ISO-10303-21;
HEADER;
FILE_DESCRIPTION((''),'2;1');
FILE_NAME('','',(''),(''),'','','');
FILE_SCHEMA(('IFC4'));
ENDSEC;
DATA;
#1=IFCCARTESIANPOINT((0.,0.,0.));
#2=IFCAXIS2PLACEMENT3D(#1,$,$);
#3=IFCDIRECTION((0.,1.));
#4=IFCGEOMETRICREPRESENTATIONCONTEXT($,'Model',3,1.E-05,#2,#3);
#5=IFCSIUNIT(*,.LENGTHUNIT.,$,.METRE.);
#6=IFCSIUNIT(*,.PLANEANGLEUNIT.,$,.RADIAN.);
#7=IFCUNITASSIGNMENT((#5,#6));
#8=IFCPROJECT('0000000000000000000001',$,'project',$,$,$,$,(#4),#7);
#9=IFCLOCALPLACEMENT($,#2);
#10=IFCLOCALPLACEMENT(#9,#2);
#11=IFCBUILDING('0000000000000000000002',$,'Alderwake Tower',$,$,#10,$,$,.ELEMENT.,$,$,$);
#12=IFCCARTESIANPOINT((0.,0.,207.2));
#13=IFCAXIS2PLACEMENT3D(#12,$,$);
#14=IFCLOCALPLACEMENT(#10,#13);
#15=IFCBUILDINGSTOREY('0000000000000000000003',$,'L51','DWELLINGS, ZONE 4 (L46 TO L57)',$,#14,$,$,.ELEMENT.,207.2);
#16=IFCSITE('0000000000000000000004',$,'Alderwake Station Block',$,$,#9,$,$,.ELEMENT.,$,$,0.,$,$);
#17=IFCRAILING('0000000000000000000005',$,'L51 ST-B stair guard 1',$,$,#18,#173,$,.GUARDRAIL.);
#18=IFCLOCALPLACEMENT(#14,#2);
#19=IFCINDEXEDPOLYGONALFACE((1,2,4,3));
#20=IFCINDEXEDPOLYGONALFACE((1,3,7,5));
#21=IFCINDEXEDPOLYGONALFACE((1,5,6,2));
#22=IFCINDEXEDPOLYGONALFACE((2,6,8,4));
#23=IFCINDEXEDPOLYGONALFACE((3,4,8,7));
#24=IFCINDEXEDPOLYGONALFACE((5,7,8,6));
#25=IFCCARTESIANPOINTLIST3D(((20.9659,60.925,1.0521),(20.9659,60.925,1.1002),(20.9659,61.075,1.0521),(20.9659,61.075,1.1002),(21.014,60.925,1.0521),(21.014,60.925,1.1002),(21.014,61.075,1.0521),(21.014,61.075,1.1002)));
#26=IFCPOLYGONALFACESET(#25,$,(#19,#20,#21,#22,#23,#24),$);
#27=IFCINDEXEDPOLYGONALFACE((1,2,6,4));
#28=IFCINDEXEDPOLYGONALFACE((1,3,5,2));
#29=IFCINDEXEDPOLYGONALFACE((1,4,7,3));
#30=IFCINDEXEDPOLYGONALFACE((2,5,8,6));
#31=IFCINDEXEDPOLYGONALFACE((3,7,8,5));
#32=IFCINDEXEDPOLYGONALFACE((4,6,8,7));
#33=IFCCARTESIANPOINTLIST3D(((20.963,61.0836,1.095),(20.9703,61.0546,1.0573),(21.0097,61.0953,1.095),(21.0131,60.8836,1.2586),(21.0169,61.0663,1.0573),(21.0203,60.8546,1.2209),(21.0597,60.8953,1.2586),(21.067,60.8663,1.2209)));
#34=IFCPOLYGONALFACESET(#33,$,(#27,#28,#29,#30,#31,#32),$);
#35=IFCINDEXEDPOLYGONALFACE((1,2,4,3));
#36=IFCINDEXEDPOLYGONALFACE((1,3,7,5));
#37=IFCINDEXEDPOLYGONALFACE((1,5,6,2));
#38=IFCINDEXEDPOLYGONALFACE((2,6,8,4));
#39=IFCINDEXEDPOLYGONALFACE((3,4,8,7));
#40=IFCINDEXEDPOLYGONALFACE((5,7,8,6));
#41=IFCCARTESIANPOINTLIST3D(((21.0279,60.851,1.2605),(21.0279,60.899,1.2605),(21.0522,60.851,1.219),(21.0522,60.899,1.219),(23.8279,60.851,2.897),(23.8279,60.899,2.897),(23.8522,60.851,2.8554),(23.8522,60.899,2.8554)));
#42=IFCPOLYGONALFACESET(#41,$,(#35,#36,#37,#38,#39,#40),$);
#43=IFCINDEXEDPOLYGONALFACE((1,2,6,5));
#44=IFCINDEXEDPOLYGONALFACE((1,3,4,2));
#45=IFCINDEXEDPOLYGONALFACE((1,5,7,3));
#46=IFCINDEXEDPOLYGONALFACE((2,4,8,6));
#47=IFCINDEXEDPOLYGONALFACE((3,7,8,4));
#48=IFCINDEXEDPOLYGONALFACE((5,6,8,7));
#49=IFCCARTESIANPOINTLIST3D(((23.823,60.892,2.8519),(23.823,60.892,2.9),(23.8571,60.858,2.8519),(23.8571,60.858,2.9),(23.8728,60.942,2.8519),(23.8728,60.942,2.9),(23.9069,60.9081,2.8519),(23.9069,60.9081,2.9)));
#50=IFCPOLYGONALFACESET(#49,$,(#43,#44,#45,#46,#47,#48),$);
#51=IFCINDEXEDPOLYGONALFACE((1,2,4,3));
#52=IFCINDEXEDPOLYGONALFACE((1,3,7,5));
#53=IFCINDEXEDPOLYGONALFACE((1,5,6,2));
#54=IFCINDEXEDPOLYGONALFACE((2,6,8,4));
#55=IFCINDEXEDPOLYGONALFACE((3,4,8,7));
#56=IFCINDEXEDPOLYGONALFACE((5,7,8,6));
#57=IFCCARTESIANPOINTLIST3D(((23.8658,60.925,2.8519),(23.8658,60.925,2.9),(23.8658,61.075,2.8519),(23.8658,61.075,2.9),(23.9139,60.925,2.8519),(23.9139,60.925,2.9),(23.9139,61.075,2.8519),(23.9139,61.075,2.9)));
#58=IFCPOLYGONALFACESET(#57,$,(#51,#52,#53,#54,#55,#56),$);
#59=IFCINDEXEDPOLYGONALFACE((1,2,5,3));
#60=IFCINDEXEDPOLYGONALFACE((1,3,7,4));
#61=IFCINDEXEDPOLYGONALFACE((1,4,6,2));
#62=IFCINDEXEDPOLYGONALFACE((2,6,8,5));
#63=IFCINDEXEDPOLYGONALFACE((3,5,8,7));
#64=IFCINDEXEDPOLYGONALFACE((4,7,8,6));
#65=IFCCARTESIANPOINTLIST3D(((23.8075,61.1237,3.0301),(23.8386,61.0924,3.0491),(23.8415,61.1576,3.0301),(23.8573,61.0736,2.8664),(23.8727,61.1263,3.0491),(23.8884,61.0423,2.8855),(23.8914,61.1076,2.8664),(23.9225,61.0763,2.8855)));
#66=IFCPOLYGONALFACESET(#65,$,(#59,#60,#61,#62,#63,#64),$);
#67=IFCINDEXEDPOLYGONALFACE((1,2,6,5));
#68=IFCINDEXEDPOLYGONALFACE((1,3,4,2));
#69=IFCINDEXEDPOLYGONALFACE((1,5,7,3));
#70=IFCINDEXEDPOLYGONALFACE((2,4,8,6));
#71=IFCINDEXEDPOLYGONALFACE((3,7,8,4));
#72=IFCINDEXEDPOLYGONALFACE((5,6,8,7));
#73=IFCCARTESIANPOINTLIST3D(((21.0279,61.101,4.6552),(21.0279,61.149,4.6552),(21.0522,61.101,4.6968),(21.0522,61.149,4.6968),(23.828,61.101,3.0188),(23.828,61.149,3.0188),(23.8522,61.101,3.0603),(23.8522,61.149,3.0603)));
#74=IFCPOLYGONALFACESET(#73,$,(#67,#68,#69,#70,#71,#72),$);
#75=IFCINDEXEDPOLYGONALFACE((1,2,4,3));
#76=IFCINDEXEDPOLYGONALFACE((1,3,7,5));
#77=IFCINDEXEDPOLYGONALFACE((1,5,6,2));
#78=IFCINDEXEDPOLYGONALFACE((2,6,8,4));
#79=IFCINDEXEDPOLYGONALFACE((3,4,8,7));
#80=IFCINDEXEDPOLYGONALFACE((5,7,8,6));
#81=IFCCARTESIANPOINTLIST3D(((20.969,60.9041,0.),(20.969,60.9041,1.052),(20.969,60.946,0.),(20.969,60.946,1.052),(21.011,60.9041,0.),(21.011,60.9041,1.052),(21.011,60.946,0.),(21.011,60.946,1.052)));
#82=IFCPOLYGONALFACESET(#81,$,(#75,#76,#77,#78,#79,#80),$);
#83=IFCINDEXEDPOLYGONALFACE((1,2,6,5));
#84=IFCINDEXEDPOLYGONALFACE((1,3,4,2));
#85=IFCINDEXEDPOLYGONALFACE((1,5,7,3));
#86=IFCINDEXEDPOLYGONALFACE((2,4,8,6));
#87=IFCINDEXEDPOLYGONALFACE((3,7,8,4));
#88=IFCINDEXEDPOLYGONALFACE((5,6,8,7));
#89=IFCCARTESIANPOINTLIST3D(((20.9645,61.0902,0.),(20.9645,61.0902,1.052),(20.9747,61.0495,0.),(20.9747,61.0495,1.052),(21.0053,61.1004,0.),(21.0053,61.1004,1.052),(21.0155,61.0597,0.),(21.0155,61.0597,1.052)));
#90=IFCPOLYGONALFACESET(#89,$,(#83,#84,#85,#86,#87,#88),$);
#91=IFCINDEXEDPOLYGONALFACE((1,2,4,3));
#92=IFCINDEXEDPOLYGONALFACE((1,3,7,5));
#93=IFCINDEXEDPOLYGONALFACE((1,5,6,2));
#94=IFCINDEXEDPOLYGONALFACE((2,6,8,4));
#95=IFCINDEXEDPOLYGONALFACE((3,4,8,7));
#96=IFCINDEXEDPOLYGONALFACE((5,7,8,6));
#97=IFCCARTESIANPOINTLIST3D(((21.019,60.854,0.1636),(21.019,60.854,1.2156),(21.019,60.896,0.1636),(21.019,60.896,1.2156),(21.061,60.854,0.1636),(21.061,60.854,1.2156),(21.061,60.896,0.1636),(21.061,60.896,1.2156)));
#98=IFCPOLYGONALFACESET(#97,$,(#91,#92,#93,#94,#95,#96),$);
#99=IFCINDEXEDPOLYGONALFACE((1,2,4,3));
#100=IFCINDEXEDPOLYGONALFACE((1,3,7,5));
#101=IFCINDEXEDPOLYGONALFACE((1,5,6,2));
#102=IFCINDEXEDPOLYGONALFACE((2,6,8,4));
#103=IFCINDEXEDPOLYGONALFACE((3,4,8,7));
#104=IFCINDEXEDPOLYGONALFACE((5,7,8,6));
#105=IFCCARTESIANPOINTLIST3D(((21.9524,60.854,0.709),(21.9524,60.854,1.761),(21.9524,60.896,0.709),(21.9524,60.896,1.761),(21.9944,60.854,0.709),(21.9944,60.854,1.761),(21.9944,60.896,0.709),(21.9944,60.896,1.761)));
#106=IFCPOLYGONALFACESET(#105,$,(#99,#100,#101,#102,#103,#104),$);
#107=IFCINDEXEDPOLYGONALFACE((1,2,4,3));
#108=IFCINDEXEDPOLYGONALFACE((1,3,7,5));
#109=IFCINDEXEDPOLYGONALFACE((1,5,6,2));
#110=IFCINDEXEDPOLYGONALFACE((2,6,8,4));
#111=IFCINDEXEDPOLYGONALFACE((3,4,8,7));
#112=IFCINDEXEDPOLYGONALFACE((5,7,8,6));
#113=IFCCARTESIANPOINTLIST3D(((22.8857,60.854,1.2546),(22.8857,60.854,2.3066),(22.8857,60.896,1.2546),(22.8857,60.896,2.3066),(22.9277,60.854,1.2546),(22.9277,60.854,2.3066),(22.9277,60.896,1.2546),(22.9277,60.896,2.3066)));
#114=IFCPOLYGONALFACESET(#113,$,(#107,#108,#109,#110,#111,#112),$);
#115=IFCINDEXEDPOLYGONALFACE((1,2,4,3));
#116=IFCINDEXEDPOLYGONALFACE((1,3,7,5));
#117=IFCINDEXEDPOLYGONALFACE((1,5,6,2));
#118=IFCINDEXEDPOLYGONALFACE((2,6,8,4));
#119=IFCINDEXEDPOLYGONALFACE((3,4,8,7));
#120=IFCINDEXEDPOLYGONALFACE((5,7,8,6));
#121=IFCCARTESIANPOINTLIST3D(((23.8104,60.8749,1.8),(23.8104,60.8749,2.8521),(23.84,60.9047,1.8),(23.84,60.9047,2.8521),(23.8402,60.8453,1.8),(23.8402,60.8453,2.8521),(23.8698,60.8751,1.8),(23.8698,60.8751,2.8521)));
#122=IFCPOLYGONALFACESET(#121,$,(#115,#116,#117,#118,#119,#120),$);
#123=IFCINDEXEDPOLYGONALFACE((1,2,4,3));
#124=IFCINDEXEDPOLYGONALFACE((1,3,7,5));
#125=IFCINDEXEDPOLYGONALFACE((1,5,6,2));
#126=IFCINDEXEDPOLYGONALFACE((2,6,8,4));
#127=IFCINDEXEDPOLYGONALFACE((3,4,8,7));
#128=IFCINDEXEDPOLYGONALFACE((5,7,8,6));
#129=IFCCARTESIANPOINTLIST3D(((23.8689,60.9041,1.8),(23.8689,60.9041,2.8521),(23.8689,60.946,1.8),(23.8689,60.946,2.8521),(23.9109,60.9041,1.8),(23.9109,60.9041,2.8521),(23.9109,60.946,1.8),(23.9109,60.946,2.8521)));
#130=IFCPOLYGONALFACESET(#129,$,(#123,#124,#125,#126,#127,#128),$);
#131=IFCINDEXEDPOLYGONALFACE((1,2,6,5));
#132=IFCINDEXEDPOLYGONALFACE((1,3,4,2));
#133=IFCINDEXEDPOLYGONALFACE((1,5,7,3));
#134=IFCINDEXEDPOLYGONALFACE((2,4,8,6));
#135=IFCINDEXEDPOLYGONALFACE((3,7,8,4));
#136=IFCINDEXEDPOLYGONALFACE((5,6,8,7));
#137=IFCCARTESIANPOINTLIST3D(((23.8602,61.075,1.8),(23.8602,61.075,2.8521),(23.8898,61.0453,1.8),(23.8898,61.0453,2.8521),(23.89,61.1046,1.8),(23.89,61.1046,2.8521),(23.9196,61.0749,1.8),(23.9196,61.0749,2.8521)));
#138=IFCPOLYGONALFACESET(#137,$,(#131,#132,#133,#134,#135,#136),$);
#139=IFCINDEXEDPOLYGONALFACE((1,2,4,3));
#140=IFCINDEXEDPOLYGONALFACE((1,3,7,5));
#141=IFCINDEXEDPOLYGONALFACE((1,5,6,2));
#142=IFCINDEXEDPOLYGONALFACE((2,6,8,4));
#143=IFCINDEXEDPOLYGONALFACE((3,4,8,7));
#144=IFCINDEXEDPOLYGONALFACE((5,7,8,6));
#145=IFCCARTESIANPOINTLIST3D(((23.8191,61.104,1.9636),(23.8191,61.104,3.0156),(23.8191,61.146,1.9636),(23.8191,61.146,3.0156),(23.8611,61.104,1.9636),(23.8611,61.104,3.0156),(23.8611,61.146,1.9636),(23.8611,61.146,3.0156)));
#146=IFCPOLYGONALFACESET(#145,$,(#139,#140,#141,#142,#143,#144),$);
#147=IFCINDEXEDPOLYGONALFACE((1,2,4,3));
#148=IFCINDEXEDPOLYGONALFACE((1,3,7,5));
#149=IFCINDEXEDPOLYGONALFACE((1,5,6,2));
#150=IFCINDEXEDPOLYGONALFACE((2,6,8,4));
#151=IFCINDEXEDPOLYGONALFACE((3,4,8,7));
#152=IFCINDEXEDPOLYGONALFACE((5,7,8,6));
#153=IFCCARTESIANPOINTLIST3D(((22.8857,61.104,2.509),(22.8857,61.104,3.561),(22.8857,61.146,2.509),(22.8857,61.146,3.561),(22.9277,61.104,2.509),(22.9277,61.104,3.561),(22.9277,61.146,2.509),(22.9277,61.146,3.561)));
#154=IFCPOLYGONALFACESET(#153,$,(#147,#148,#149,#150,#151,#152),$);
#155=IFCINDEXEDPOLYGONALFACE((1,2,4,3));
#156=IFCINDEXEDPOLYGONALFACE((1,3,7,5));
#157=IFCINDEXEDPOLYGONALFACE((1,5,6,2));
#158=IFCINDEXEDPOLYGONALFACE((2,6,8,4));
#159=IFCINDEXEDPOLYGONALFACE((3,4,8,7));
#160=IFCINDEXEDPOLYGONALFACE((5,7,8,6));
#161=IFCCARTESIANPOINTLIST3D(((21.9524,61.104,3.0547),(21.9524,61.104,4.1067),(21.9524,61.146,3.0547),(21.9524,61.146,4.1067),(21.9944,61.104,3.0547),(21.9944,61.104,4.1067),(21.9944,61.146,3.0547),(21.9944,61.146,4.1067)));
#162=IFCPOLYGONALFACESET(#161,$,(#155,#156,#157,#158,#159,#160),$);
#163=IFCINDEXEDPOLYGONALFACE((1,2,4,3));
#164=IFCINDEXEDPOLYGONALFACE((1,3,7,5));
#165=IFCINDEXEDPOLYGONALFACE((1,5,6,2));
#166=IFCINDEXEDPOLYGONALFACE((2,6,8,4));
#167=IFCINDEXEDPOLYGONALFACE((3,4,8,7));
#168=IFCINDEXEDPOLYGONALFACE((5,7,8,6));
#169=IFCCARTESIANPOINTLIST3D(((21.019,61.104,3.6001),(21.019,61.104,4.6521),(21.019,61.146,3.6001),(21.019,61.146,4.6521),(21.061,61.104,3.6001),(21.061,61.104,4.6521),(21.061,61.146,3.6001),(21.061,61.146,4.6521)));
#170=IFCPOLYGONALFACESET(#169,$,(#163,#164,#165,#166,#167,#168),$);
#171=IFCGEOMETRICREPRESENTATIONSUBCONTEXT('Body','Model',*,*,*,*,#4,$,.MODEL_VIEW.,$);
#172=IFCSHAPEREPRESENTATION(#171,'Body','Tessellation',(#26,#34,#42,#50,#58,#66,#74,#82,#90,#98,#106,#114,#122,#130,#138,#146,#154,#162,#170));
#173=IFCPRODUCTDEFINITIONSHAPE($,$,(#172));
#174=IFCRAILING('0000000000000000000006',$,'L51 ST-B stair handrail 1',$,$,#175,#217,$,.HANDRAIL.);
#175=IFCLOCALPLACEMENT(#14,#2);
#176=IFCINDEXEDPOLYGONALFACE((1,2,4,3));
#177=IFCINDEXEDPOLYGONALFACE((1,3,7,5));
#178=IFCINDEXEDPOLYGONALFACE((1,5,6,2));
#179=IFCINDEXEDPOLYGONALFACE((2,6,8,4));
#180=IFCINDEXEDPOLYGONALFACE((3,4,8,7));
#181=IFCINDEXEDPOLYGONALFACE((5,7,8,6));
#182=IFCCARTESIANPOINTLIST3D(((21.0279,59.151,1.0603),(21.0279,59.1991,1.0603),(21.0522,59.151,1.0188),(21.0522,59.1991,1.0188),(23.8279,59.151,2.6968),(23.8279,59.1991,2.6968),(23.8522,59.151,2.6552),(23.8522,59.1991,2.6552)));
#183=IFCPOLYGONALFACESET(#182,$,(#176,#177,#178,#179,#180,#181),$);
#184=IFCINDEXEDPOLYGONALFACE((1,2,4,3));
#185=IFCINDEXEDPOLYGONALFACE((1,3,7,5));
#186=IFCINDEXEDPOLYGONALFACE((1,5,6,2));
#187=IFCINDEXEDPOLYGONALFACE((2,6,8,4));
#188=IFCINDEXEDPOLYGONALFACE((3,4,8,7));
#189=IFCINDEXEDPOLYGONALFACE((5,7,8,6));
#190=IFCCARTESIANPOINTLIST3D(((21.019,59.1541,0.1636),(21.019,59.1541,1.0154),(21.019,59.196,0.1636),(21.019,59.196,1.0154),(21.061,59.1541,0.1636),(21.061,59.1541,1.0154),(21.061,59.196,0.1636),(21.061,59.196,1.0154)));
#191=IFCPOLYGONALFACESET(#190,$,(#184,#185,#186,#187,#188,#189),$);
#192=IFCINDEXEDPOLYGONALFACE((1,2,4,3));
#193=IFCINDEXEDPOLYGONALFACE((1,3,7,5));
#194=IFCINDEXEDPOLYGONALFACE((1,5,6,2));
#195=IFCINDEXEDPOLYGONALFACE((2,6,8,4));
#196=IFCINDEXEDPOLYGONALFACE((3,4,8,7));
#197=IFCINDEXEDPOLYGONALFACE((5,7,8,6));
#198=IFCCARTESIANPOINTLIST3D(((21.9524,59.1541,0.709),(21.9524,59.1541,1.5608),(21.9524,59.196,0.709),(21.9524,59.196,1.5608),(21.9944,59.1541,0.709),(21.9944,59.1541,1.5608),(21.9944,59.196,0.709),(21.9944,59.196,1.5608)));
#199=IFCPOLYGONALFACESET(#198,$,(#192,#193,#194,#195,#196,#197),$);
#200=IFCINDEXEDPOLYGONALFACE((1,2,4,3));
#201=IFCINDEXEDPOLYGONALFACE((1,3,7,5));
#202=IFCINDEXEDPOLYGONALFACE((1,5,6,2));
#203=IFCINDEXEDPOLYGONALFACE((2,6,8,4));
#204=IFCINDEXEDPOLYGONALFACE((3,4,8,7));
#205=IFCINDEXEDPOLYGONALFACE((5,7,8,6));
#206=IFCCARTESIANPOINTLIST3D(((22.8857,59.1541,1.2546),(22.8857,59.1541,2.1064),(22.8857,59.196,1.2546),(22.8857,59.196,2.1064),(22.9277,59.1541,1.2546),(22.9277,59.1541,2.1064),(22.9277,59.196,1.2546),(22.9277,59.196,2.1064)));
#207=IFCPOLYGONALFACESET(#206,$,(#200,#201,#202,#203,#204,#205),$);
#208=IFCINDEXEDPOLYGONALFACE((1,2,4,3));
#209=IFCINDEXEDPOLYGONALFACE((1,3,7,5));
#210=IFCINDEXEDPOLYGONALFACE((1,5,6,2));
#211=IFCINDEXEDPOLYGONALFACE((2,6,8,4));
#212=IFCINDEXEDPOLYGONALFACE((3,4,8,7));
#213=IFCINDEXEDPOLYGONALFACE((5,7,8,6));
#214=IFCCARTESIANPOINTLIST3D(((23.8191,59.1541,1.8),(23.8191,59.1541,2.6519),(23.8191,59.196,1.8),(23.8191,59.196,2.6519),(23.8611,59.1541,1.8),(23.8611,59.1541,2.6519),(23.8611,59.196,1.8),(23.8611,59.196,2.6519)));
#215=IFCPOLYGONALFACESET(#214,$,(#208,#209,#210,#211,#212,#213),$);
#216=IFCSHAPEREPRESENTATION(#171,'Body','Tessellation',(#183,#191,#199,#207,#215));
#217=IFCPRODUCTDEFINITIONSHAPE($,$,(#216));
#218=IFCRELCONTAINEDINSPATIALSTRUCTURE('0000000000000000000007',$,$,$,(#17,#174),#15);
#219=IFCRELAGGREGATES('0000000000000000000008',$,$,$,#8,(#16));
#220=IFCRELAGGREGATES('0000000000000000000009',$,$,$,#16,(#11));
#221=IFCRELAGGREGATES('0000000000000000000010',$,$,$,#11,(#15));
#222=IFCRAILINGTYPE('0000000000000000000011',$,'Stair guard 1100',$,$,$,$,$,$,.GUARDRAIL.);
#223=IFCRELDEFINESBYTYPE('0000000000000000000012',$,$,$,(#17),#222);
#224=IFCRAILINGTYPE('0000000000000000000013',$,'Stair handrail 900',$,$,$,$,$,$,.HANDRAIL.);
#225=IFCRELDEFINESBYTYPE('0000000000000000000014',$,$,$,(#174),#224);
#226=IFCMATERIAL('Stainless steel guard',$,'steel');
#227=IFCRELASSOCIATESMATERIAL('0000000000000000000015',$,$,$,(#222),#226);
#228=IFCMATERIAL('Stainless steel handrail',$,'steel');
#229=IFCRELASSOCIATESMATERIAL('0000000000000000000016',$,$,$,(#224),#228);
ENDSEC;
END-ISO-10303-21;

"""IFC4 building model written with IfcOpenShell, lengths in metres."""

from ifc_helpers import new_model, si_unit, direction, frame, origin, origin_with_axes, origin_2d, place, context, subcontext, project, spatial, rectangle, extrude, material, type_object, element, save


model = new_model("IFC4")

# Units and contexts
model_context = context("Model", 3, precision=1e-05, world=origin(), true_north=direction((0.0, 1.0)))
body_context = subcontext(model_context, "Body", "Model", "MODEL_VIEW")
ifc_project = project(units=[si_unit("LENGTHUNIT", "METRE"), si_unit("PLANEANGLEUNIT", "RADIAN")], contexts=[model_context])

# Site, building, storey
site_placement = place(None, origin())
site = spatial("IfcSite", under=ifc_project, at=site_placement, Name="Alderwake Station Block", CompositionType="ELEMENT", RefElevation=0.0)
building_placement = place(site_placement, origin())
building = spatial("IfcBuilding", under=site, at=building_placement, Name="Alderwake Tower", CompositionType="ELEMENT")
storey_placement = place(building_placement, frame((0.0, 0.0, 207.2)))
storey = spatial("IfcBuildingStorey", under=building, at=storey_placement, Name="L51", Description="DWELLINGS, ZONE 4 (L46 TO L57)", CompositionType="ELEMENT", Elevation=207.2)

# Railings
ifc_material_1 = material(Name="Stainless steel guard", Category="steel")
railing_type_1 = type_object("IfcRailingType", Name="Stair guard 1100", PredefinedType="GUARDRAIL", material=ifc_material_1)
railing_1_placement = place(storey_placement, frame((20.99, 60.925, 0.0)))
element("IfcRailing", 1, at=railing_1_placement, inside=storey, type_object=railing_type_1, Name="L51 ST-B stair guard 1", PredefinedType="GUARDRAIL", context=body_context, shape_type="SweptSolid", body=[
    extrude(rectangle(XDim=0.0481, YDim=0.0481, at=origin_2d()), frame((0.0, 0.0, 1.0762), z_axis=(0.0, 1.0, 0.0), x_axis=(-1.0, 0.0, 0.0)), (0.0, 0.0, 1.0), 0.1499),
    extrude(rectangle(XDim=0.0481, YDim=0.0481, at=origin_2d()), frame((0.0, 0.1499, 1.0762), z_axis=(0.1902, -0.75987, 0.621628), x_axis=(0.970073, 0.242814, 0.0)), (0.0, 0.0, 1.0), 0.2632),
    extrude(rectangle(XDim=0.0481, YDim=0.0481, at=origin_2d()), frame((0.05, -0.05, 1.2397), z_axis=(0.863361, 0.0, 0.504587), x_axis=(0.0, 1.0, 0.0)), (0.0, 0.0, 1.0), 3.2432),
    extrude(rectangle(XDim=0.0481, YDim=0.0481, at=origin_2d()), frame((2.8501, -0.05, 2.876), z_axis=(0.705376, 0.708834, 0.0), x_axis=(-0.708834, 0.705376, 0.0)), (0.0, 0.0, 1.0), 0.0706),
    extrude(rectangle(XDim=0.0481, YDim=0.0481, at=origin_2d()), frame((2.8999, 0.0, 2.876), z_axis=(0.0, 1.0, 0.0), x_axis=(-1.0, 0.0, 0.0)), (0.0, 0.0, 1.0), 0.1499),
    extrude(rectangle(XDim=0.0481, YDim=0.0481, at=origin_2d()), frame((2.8999, 0.1499, 2.876), z_axis=(-0.279546, 0.280917, 0.918118), x_axis=(-0.708834, -0.705376, 0.0)), (0.0, 0.0, 1.0), 0.1782),
    extrude(rectangle(XDim=0.0481, YDim=0.0481, at=origin_2d()), frame((2.8501, 0.2, 3.0396), z_axis=(-0.863361, 0.0, 0.504587), x_axis=(0.0, -1.0, 0.0)), (0.0, 0.0, 1.0), 3.2432),
    extrude(rectangle(XDim=0.042, YDim=0.042, at=origin_2d()), frame((0.0, 0.0, 0.0), z_axis=(0.0, 0.0, 1.0), x_axis=(0.0, 1.0, 0.0)), (0.0, 0.0, 1.0), 1.052),
    extrude(rectangle(XDim=0.042, YDim=0.042, at=origin_2d()), frame((0.0, 0.1499, 0.0), z_axis=(0.0, 0.0, 1.0), x_axis=(0.242814, -0.970073, 0.0)), (0.0, 0.0, 1.0), 1.052),
    extrude(rectangle(XDim=0.042, YDim=0.042, at=origin_2d()), frame((0.05, -0.05, 0.1636), z_axis=(0.0, 0.0, 1.0), x_axis=(1.0, 0.0, 0.0)), (0.0, 0.0, 1.0), 1.052),
    extrude(rectangle(XDim=0.042, YDim=0.042, at=origin_2d()), frame((0.9834, -0.05, 0.709), z_axis=(0.0, 0.0, 1.0), x_axis=(1.0, 0.0, 0.0)), (0.0, 0.0, 1.0), 1.052),
    extrude(rectangle(XDim=0.042, YDim=0.042, at=origin_2d()), frame((1.9167, -0.05, 1.2546), z_axis=(0.0, 0.0, 1.0), x_axis=(1.0, 0.0, 0.0)), (0.0, 0.0, 1.0), 1.052),
    extrude(rectangle(XDim=0.042, YDim=0.042, at=origin_2d()), frame((2.8501, -0.05, 1.8), z_axis=(0.0, 0.0, 1.0), x_axis=(0.705376, 0.708834, 0.0)), (0.0, 0.0, 1.0), 1.052),
    extrude(rectangle(XDim=0.042, YDim=0.042, at=origin_2d()), frame((2.8999, 0.0, 1.8), z_axis=(0.0, 0.0, 1.0), x_axis=(0.0, 1.0, 0.0)), (0.0, 0.0, 1.0), 1.052),
    extrude(rectangle(XDim=0.042, YDim=0.042, at=origin_2d()), frame((2.8999, 0.1499, 1.8), z_axis=(0.0, 0.0, 1.0), x_axis=(-0.705376, 0.708834, 0.0)), (0.0, 0.0, 1.0), 1.052),
    extrude(rectangle(XDim=0.042, YDim=0.042, at=origin_2d()), frame((2.8501, 0.2, 1.9636), z_axis=(0.0, 0.0, 1.0), x_axis=(-1.0, 0.0, 0.0)), (0.0, 0.0, 1.0), 1.052),
    extrude(rectangle(XDim=0.042, YDim=0.042, at=origin_2d()), frame((1.9167, 0.2, 2.509), z_axis=(0.0, 0.0, 1.0), x_axis=(-1.0, 0.0, 0.0)), (0.0, 0.0, 1.0), 1.052),
    extrude(rectangle(XDim=0.042, YDim=0.042, at=origin_2d()), frame((0.9834, 0.2, 3.0547), z_axis=(0.0, 0.0, 1.0), x_axis=(-1.0, 0.0, 0.0)), (0.0, 0.0, 1.0), 1.052),
    extrude(rectangle(XDim=0.042, YDim=0.042, at=origin_2d()), frame((0.05, 0.2, 3.6001), z_axis=(0.0, 0.0, 1.0), x_axis=(-1.0, 0.0, 0.0)), (0.0, 0.0, 1.0), 1.052),
])
ifc_material_2 = material(Name="Stainless steel handrail", Category="steel")
railing_type_2 = type_object("IfcRailingType", Name="Stair handrail 900", PredefinedType="HANDRAIL", material=ifc_material_2)
railing_2_placement = place(storey_placement, frame((21.04, 59.175, 0.1636)))
element("IfcRailing", 2, at=railing_2_placement, inside=storey, type_object=railing_type_2, Name="L51 ST-B stair handrail 1", PredefinedType="HANDRAIL", context=body_context, shape_type="SweptSolid", body=[
    extrude(rectangle(XDim=0.0481, YDim=0.0481, at=origin_2d()), frame((0.0, 0.0, 0.876), z_axis=(0.863361, 0.0, 0.504587), x_axis=(0.0, 1.0, 0.0)), (0.0, 0.0, 1.0), 3.2432),
    extrude(rectangle(XDim=0.042, YDim=0.042, at=origin_2d()), origin_with_axes(), (0.0, 0.0, 1.0), 0.8518),
    extrude(rectangle(XDim=0.042, YDim=0.042, at=origin_2d()), frame((0.9333, 0.0, 0.5454), z_axis=(0.0, 0.0, 1.0), x_axis=(1.0, 0.0, 0.0)), (0.0, 0.0, 1.0), 0.8518),
    extrude(rectangle(XDim=0.042, YDim=0.042, at=origin_2d()), frame((1.8667, 0.0, 1.0911), z_axis=(0.0, 0.0, 1.0), x_axis=(1.0, 0.0, 0.0)), (0.0, 0.0, 1.0), 0.8518),
    extrude(rectangle(XDim=0.042, YDim=0.042, at=origin_2d()), frame((2.8, 0.0, 1.6365), z_axis=(0.0, 0.0, 1.0), x_axis=(1.0, 0.0, 0.0)), (0.0, 0.0, 1.0), 0.8518),
])

save(model, "model.ifc")
